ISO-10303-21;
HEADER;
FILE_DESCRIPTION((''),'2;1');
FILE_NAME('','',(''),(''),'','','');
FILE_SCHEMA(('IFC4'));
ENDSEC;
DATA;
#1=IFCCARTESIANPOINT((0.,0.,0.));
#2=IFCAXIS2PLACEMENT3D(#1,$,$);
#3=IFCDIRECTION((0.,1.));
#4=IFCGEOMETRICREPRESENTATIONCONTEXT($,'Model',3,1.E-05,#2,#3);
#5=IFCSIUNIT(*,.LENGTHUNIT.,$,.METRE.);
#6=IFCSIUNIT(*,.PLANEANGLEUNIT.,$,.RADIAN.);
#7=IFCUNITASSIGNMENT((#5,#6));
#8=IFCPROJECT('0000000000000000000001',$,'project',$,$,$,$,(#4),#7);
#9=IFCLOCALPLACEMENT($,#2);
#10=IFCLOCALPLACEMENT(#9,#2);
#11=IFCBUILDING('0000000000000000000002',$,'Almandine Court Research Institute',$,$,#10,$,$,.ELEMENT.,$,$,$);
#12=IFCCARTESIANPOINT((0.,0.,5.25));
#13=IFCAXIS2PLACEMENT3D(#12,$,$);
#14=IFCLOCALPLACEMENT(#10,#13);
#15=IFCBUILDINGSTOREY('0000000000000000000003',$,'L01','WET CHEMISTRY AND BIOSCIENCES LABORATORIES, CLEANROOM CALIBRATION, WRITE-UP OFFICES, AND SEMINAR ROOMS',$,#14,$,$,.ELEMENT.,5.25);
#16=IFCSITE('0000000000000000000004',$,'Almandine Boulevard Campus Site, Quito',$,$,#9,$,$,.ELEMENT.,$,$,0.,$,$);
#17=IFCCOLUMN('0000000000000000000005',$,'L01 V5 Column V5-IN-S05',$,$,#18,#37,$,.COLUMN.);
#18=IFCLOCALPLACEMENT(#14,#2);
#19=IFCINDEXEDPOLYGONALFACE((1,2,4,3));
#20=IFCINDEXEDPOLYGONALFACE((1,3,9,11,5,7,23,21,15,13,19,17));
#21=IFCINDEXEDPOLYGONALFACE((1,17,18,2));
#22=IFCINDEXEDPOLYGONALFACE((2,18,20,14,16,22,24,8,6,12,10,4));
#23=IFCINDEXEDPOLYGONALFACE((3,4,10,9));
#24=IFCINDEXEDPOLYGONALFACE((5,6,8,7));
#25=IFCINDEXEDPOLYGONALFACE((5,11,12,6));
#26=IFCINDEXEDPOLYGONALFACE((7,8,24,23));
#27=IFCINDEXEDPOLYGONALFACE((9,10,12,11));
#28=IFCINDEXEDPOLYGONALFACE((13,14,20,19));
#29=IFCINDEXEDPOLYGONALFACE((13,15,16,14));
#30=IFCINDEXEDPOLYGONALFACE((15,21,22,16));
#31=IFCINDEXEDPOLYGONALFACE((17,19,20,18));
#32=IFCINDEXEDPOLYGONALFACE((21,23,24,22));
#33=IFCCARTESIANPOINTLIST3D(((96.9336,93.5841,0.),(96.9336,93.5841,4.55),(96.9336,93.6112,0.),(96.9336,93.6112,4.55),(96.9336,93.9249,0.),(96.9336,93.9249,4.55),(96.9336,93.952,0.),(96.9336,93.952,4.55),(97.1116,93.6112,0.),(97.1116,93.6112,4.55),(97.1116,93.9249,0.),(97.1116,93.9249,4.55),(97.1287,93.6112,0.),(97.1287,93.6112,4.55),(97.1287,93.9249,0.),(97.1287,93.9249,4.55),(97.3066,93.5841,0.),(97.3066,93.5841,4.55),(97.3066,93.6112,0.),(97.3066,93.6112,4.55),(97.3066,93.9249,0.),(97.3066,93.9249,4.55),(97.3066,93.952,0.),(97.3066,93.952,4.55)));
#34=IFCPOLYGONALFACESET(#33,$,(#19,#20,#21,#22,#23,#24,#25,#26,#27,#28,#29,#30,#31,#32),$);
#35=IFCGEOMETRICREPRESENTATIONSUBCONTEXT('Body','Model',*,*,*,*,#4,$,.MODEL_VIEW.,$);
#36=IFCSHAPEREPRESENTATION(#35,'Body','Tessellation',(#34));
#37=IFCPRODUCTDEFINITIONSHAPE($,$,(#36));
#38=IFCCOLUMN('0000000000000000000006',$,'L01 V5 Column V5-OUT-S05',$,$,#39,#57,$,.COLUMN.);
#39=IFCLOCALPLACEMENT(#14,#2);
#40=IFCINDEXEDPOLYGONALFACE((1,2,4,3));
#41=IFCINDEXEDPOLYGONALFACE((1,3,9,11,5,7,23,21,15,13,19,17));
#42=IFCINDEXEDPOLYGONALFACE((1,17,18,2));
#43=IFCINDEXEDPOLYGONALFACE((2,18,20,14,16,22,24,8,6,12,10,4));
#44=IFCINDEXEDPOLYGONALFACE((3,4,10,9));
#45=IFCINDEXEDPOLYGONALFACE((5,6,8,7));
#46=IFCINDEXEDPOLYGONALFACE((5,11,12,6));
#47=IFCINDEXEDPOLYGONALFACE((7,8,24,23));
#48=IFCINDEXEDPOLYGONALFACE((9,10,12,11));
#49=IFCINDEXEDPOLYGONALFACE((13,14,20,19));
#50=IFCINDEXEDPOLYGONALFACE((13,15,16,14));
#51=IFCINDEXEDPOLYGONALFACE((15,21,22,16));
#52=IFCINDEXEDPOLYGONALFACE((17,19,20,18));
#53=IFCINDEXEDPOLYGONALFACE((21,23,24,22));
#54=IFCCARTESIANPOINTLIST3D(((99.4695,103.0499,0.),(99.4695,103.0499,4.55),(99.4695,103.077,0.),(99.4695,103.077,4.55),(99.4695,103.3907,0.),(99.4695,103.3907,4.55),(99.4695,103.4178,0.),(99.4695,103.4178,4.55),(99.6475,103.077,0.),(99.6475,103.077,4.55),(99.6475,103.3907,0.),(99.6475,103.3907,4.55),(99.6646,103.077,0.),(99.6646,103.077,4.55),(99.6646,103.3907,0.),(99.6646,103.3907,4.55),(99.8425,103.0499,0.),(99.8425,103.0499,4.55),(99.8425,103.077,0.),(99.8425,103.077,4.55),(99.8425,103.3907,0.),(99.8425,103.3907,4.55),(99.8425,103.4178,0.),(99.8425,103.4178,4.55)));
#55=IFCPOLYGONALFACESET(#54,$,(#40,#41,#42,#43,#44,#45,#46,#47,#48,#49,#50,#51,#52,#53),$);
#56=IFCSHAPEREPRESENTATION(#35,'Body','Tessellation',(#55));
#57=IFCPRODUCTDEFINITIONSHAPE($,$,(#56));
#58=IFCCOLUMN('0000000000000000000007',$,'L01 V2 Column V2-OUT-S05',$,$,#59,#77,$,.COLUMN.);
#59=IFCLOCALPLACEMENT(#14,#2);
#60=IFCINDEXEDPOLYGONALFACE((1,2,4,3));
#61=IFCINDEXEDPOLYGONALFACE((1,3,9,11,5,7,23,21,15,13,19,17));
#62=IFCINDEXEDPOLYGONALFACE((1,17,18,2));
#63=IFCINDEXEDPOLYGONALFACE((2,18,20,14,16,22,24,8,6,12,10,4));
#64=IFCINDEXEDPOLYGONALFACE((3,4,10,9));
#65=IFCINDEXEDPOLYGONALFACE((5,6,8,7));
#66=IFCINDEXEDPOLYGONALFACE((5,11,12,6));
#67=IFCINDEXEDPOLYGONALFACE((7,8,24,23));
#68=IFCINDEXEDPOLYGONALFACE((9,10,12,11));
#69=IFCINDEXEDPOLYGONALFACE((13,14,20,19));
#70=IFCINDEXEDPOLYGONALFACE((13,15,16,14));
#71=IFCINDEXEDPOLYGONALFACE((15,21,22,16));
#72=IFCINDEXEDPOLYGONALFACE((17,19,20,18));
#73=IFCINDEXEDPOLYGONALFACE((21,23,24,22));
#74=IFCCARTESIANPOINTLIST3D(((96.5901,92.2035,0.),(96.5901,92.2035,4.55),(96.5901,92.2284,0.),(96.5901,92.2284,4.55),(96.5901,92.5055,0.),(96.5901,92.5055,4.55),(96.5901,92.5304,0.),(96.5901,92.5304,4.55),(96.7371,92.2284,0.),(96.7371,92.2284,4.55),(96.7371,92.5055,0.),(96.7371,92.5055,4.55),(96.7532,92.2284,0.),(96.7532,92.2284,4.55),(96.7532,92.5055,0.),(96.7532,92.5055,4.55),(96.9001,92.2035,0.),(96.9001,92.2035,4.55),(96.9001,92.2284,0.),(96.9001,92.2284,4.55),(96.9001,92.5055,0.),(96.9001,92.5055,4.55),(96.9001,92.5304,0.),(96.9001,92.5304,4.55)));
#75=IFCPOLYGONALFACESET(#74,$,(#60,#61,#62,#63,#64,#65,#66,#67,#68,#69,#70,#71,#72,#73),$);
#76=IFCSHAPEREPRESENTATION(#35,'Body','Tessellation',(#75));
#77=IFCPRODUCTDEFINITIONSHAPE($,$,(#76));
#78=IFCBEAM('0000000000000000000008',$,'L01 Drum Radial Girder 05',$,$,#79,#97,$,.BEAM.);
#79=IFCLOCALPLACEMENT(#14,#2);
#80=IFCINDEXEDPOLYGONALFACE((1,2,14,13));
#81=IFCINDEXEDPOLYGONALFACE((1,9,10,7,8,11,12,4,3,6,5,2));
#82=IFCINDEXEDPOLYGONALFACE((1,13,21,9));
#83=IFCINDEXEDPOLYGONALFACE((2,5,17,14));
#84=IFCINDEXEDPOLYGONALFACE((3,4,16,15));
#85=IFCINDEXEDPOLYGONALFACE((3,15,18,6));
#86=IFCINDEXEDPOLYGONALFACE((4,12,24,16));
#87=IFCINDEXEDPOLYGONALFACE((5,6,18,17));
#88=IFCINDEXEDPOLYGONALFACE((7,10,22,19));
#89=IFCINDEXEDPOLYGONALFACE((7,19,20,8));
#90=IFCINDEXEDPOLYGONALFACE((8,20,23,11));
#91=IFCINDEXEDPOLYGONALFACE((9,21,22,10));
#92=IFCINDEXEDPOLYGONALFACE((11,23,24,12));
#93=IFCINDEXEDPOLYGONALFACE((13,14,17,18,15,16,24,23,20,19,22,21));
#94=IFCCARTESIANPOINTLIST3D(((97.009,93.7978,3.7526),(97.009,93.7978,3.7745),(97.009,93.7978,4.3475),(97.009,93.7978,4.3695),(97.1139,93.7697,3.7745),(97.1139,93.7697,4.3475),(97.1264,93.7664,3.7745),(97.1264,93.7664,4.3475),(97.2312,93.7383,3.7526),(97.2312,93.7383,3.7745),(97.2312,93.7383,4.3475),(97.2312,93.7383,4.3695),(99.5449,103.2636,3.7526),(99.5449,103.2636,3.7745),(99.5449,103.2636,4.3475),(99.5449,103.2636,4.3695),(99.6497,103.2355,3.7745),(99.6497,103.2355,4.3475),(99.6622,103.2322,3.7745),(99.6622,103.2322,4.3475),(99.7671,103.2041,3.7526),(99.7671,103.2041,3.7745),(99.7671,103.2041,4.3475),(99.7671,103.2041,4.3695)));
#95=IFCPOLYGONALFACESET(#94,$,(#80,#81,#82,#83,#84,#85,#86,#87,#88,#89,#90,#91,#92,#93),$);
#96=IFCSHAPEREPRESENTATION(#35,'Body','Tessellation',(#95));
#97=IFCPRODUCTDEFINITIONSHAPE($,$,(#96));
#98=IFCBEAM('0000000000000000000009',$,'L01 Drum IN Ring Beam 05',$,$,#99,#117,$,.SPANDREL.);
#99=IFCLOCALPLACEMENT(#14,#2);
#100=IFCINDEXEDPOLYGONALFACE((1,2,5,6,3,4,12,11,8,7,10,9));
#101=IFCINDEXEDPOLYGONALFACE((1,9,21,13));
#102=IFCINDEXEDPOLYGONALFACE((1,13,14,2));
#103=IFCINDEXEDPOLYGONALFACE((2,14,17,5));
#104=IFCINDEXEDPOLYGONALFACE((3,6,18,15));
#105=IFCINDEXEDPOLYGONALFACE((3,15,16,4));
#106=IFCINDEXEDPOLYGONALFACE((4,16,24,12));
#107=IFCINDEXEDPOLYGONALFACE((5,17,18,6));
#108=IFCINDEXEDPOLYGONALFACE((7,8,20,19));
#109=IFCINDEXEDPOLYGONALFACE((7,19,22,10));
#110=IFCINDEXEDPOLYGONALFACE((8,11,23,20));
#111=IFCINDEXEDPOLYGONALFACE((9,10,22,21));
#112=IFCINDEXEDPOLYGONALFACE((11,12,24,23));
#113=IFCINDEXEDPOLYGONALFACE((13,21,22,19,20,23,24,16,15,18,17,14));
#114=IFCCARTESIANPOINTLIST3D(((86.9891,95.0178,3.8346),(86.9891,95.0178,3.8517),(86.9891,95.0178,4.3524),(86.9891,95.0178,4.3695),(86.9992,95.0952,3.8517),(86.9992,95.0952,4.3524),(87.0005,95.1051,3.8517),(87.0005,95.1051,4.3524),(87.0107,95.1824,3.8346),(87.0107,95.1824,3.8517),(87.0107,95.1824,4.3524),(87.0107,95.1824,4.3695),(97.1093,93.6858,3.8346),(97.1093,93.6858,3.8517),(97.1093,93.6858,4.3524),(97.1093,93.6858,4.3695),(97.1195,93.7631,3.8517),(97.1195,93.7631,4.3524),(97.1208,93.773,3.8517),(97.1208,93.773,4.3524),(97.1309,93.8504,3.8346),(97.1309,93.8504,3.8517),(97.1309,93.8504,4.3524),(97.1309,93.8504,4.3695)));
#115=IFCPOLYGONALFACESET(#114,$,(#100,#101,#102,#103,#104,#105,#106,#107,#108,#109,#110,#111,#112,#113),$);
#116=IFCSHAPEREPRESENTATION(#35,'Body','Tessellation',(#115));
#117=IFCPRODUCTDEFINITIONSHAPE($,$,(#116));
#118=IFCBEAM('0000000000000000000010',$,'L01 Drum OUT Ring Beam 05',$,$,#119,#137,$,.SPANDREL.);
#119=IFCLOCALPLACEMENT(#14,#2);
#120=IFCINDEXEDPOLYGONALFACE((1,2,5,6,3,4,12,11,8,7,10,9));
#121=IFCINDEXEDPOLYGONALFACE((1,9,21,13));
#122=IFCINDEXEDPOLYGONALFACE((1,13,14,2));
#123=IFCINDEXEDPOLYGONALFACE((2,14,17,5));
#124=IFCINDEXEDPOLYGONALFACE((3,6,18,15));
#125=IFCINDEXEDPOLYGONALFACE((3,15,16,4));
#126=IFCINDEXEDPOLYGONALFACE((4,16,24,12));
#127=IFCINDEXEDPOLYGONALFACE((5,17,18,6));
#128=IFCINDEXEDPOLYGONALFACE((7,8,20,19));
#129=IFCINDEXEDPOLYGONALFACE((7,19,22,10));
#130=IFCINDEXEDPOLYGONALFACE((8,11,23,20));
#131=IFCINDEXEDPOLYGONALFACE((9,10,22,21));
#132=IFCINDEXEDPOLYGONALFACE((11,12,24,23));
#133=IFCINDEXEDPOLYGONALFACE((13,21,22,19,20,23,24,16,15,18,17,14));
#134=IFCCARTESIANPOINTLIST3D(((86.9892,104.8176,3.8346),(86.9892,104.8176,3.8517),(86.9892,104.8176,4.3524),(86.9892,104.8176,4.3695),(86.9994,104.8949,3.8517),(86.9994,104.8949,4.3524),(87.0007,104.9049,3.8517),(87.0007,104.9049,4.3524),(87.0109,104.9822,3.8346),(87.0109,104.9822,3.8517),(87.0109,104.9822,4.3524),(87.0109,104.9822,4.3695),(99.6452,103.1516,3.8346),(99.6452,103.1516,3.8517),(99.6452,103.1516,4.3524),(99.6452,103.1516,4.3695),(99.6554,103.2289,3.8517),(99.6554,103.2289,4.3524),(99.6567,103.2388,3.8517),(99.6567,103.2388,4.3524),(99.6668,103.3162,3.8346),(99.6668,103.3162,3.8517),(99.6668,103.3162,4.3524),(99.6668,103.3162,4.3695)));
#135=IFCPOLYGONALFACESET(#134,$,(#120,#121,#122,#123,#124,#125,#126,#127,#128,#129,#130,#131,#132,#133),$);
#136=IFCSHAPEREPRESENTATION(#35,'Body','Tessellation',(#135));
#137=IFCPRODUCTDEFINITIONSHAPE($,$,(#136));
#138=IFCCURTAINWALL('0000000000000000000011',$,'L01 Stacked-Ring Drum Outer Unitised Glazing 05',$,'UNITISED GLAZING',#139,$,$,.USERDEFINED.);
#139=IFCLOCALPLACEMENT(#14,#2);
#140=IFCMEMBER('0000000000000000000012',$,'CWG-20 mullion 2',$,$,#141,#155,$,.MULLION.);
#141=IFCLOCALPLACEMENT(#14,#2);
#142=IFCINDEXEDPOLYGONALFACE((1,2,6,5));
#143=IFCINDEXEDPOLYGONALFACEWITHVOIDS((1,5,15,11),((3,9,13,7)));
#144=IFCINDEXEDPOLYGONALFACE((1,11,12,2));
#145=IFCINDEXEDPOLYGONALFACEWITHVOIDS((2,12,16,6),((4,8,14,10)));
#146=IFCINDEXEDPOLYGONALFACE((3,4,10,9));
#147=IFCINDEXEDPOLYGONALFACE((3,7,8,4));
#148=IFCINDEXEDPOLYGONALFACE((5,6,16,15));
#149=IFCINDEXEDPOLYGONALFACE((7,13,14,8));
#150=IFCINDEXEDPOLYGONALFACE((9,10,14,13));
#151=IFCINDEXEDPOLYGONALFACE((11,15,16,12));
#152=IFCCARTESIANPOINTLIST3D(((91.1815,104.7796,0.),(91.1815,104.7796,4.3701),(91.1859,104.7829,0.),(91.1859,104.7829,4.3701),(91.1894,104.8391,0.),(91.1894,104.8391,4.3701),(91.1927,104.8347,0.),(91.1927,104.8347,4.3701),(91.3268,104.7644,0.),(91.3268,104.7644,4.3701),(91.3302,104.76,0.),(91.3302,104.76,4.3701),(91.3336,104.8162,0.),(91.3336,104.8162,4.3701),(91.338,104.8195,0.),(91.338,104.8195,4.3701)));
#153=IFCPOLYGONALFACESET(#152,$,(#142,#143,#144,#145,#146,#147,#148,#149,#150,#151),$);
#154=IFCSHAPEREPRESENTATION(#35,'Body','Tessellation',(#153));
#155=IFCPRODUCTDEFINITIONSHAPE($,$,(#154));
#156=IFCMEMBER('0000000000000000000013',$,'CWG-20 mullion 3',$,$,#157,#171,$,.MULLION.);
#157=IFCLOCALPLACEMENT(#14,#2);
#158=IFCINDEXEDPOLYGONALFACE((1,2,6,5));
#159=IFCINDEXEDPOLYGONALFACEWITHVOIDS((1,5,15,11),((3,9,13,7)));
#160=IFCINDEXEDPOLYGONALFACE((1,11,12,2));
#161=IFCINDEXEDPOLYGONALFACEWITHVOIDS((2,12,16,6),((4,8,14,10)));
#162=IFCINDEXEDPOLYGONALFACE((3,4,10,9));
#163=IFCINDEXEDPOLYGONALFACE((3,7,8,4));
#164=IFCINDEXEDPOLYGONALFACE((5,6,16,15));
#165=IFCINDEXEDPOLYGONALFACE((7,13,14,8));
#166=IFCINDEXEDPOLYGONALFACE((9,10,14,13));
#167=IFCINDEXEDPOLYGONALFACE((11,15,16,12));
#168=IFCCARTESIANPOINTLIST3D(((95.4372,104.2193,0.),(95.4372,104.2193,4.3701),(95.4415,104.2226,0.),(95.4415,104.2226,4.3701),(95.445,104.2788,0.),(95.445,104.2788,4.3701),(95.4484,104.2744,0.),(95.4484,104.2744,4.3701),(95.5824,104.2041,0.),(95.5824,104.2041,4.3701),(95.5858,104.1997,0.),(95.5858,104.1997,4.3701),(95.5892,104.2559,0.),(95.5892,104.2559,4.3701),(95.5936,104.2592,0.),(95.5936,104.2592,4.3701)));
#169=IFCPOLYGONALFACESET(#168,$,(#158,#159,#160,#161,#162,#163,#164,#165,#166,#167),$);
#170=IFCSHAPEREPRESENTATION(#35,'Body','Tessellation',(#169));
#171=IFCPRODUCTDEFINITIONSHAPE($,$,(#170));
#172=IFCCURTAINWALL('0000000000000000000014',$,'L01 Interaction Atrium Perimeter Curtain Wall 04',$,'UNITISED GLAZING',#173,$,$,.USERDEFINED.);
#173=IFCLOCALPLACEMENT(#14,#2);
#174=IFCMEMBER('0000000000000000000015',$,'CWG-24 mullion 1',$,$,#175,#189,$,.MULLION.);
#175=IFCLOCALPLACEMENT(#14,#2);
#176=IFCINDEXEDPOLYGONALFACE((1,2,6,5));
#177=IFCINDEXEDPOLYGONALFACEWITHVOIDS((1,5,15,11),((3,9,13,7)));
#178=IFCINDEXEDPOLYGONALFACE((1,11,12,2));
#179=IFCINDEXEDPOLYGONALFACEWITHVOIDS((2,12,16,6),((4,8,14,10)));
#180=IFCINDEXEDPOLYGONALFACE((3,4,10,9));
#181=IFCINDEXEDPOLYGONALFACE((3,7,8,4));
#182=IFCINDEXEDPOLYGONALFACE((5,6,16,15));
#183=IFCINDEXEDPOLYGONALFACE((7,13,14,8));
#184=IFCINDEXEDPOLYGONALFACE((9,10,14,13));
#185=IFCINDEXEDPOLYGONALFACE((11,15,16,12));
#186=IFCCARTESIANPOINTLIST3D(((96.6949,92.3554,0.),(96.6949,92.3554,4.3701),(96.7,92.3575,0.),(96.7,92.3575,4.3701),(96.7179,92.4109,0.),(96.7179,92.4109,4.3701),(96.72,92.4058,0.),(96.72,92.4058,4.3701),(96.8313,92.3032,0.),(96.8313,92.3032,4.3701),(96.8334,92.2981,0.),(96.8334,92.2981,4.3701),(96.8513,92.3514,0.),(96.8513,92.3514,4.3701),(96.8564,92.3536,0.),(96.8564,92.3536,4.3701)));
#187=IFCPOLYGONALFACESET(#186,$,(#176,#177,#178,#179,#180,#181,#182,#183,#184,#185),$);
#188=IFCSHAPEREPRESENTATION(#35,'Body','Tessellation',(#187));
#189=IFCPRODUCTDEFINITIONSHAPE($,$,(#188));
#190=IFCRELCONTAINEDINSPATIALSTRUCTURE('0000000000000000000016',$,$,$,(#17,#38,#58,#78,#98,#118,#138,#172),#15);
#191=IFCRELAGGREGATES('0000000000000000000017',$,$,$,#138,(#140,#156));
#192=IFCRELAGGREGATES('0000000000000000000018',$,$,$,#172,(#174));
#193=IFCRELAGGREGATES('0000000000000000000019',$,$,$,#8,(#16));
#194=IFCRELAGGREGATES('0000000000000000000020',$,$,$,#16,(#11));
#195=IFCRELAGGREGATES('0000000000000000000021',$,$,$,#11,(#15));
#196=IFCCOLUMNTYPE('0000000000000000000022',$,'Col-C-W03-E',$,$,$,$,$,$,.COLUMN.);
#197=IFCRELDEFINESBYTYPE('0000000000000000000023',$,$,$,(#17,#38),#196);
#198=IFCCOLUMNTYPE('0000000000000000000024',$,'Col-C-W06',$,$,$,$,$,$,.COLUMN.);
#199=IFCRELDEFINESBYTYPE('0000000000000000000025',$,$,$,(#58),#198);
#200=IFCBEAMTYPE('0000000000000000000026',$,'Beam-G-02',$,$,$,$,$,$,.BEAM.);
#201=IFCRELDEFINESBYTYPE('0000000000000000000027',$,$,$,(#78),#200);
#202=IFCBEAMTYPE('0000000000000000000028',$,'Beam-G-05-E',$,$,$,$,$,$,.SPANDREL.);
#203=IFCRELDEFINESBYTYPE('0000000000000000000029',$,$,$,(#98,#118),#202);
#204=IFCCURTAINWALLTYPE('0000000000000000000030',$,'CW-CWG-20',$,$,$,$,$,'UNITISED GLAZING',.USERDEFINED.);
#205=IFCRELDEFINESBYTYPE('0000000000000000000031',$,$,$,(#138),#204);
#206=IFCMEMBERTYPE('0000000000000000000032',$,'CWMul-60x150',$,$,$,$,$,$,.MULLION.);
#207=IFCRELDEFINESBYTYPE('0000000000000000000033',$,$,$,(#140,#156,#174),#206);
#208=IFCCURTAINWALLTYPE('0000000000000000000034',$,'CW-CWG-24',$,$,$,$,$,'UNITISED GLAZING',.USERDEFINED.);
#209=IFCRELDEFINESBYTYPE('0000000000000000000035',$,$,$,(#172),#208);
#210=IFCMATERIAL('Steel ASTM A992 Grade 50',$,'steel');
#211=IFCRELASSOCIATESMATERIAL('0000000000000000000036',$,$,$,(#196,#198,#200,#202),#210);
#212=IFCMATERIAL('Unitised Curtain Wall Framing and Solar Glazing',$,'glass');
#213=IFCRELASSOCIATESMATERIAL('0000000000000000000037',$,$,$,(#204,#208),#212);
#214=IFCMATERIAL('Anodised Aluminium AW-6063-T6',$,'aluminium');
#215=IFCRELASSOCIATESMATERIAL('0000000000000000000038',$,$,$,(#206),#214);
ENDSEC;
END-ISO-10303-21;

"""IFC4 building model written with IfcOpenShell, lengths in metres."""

from ifc_helpers import new_model, si_unit, direction, frame, origin, origin_2d, place, context, subcontext, project, spatial, hollow_rectangle, i_section, extrude, material, material_profile, profile_set, type_object, element, aggregate, save


model = new_model("IFC4")

# Units and contexts
model_context = context("Model", 3, precision=1e-05, world=origin(), true_north=direction((0.0, 1.0)))
body_context = subcontext(model_context, "Body", "Model", "MODEL_VIEW")
ifc_project = project(units=[si_unit("LENGTHUNIT", "METRE"), si_unit("PLANEANGLEUNIT", "RADIAN")], contexts=[model_context])

# Site, building, storey
site_placement = place(None, origin())
site = spatial("IfcSite", under=ifc_project, at=site_placement, Name="Almandine Boulevard Campus Site, Quito", CompositionType="ELEMENT", RefElevation=0.0)
building_placement = place(site_placement, origin())
building = spatial("IfcBuilding", under=site, at=building_placement, Name="Almandine Court Research Institute", CompositionType="ELEMENT")
storey_placement = place(building_placement, frame((0.0, 0.0, 5.25)))
storey = spatial("IfcBuildingStorey", under=building, at=storey_placement, Name="L01", Description="WET CHEMISTRY AND BIOSCIENCES LABORATORIES, CLEANROOM CALIBRATION, WRITE-UP OFFICES, AND SEMINAR ROOMS", CompositionType="ELEMENT", Elevation=5.25)

# Columns
ifc_material_1 = material(Name="Steel ASTM A992 Grade 50", Category="steel")
ifc_material_profile_1 = material_profile(ifc_material_1, i_section(OverallWidth=0.373, OverallDepth=0.3679, WebThickness=0.0171, FlangeThickness=0.0271, at=origin_2d()), Name="W360x179")
ifc_profile_set_1 = profile_set([ifc_material_profile_1], Name="Steel ASTM A992 Grade 50")
column_type_1 = type_object("IfcColumnType", Name="Col-C-W03-E", PredefinedType="COLUMN", material=ifc_profile_set_1)
for number, where, z_axis, x_axis, name in (
    (1, (97.1201, 93.7681, 0.0), (0.0, 0.0, 1.0), (1.0, 0.0, 0.0), "L01 V5 Column V5-IN-S05"),
    (2, (99.656, 103.2339, 0.0), (0.0, 0.0, 1.0), (1.0, 0.0, 0.0), "L01 V5 Column V5-OUT-S05"),
):
    element("IfcColumn", number, at=place(storey_placement, frame(where, z_axis=z_axis, x_axis=x_axis)), inside=storey, type_object=column_type_1, Name=name, PredefinedType="COLUMN", context=body_context, shape_type="SweptSolid", body=[
        extrude(i_section(OverallWidth=0.373, OverallDepth=0.3679, WebThickness=0.0171, FlangeThickness=0.0271, at=origin_2d()), origin(), (0.0, 0.0, 1.0), 4.55),
    ])
ifc_material_profile_2 = material_profile(ifc_material_1, i_section(OverallWidth=0.3101, OverallDepth=0.3269, WebThickness=0.0161, FlangeThickness=0.0249, at=origin_2d()), Name="W310x158")
ifc_profile_set_2 = profile_set([ifc_material_profile_2], Name="Steel ASTM A992 Grade 50")
column_type_2 = type_object("IfcColumnType", Name="Col-C-W06", PredefinedType="COLUMN", material=ifc_profile_set_2)
column_placement = place(storey_placement, frame((96.7451, 92.3669, 0.0), z_axis=(0.0, 0.0, 1.0), x_axis=(1.0, 0.0, 0.0)))
element("IfcColumn", 3, at=column_placement, inside=storey, type_object=column_type_2, Name="L01 V2 Column V2-OUT-S05", PredefinedType="COLUMN", context=body_context, shape_type="SweptSolid", body=[
    extrude(i_section(OverallWidth=0.3101, OverallDepth=0.3269, WebThickness=0.0161, FlangeThickness=0.0249, at=origin_2d()), origin(), (0.0, 0.0, 1.0), 4.55),
])

# Beams
ifc_material_profile_3 = material_profile(ifc_material_1, i_section(OverallWidth=0.23, OverallDepth=0.6169, WebThickness=0.0129, FlangeThickness=0.022, at=origin_2d()), Name="W610x140")
ifc_profile_set_3 = profile_set([ifc_material_profile_3], Name="Steel ASTM A992 Grade 50")
beam_type_1 = type_object("IfcBeamType", Name="Beam-G-02", PredefinedType="BEAM", material=ifc_profile_set_3)
beam_1_placement = place(storey_placement, frame((97.1201, 93.7681, 4.061), z_axis=(0.258774, 0.965938, 0.0), x_axis=(-0.965938, 0.258774, 0.0)))
element("IfcBeam", 4, at=beam_1_placement, inside=storey, type_object=beam_type_1, Name="L01 Drum Radial Girder 05", PredefinedType="BEAM", context=body_context, shape_type="SweptSolid", body=[
    extrude(i_section(OverallWidth=0.23, OverallDepth=0.6169, WebThickness=0.0129, FlangeThickness=0.022, at=origin_2d()), origin(), (0.0, 0.0, 1.0), 9.7996),
])
ifc_material_profile_4 = material_profile(ifc_material_1, i_section(OverallWidth=0.166, OverallDepth=0.5349, WebThickness=0.01, FlangeThickness=0.0171, at=origin_2d()), Name="W530x85")
ifc_profile_set_4 = profile_set([ifc_material_profile_4], Name="Steel ASTM A992 Grade 50")
beam_type_2 = type_object("IfcBeamType", Name="Beam-G-05-E", PredefinedType="SPANDREL", material=ifc_profile_set_4)
beam_2_placement = place(storey_placement, frame((97.1201, 93.7681, 4.1021), z_axis=(-0.991449, 0.130497, 0.0), x_axis=(-0.130497, -0.991449, 0.0)))
element("IfcBeam", 5, at=beam_2_placement, inside=storey, type_object=beam_type_2, Name="L01 Drum IN Ring Beam 05", PredefinedType="SPANDREL", context=body_context, shape_type="SweptSolid", body=[
    extrude(i_section(OverallWidth=0.166, OverallDepth=0.5349, WebThickness=0.01, FlangeThickness=0.0171, at=origin_2d()), origin(), (0.0, 0.0, 1.0), 10.2075),
])
beam_3_placement = place(storey_placement, frame((99.656, 103.2339, 4.1021), z_axis=(-0.991447, 0.130512, 0.0), x_axis=(-0.130512, -0.991447, 0.0)))
element("IfcBeam", 6, at=beam_3_placement, inside=storey, type_object=beam_type_2, Name="L01 Drum OUT Ring Beam 05", PredefinedType="SPANDREL", context=body_context, shape_type="SweptSolid", body=[
    extrude(i_section(OverallWidth=0.166, OverallDepth=0.5349, WebThickness=0.01, FlangeThickness=0.0171, at=origin_2d()), origin(), (0.0, 0.0, 1.0), 12.7651),
])

# Curtain wall, members
ifc_material_2 = material(Name="Unitised Curtain Wall Framing and Solar Glazing", Category="glass")
curtain_wall_type_1 = type_object("IfcCurtainWallType", Name="CW-CWG-20", ElementType="UNITISED GLAZING", PredefinedType="USERDEFINED", material=ifc_material_2)
curtain_wall_1_placement = place(storey_placement, origin())
curtain_wall_1 = element("IfcCurtainWall", 7, at=curtain_wall_1_placement, inside=storey, type_object=curtain_wall_type_1, Name="L01 Stacked-Ring Drum Outer Unitised Glazing 05", ObjectType="UNITISED GLAZING", PredefinedType="USERDEFINED")
ifc_material_3 = material(Name="Anodised Aluminium AW-6063-T6", Category="aluminium")
ifc_material_profile_5 = material_profile(ifc_material_3, hollow_rectangle(XDim=0.0601, YDim=0.1499, WallThickness=0.0039, at=origin_2d()), Name="ALU RHS 60x150x4")
ifc_profile_set_5 = profile_set([ifc_material_profile_5], Name="Anodised Aluminium AW-6063-T6")
member_type_1 = type_object("IfcMemberType", Name="CWMul-60x150", PredefinedType="MULLION", material=ifc_profile_set_5)
member_1_placement = place(storey_placement, frame((91.2598, 104.7996, 0.0), z_axis=(0.0, 0.0, 1.0), x_axis=(0.130541, 0.991443, 0.0)))
member_1 = element("IfcMember", 8, at=member_1_placement, type_object=member_type_1, Name="CWG-20 mullion 2", PredefinedType="MULLION", context=body_context, shape_type="SweptSolid", body=[
    extrude(hollow_rectangle(XDim=0.0601, YDim=0.1499, WallThickness=0.0039, at=origin_2d()), origin(), (0.0, 0.0, 1.0), 4.3701),
])
member_2_placement = place(storey_placement, frame((95.5154, 104.2393, 0.0), z_axis=(0.0, 0.0, 1.0), x_axis=(0.130541, 0.991443, 0.0)))
member_2 = element("IfcMember", 9, at=member_2_placement, type_object=member_type_1, Name="CWG-20 mullion 3", PredefinedType="MULLION", context=body_context, shape_type="SweptSolid", body=[
    extrude(hollow_rectangle(XDim=0.0601, YDim=0.1499, WallThickness=0.0039, at=origin_2d()), origin(), (0.0, 0.0, 1.0), 4.3701),
])

# Curtain wall, member
curtain_wall_type_2 = type_object("IfcCurtainWallType", Name="CW-CWG-24", ElementType="UNITISED GLAZING", PredefinedType="USERDEFINED", material=ifc_material_2)
curtain_wall_2_placement = place(storey_placement, origin())
curtain_wall_2 = element("IfcCurtainWall", 10, at=curtain_wall_2_placement, inside=storey, type_object=curtain_wall_type_2, Name="L01 Interaction Atrium Perimeter Curtain Wall 04", ObjectType="UNITISED GLAZING", PredefinedType="USERDEFINED")
member_3_placement = place(storey_placement, frame((96.7756, 92.3545, 0.0), z_axis=(0.0, 0.0, 1.0), x_axis=(0.382634, 0.9239, 0.0)))
member_3 = element("IfcMember", 11, at=member_3_placement, type_object=member_type_1, Name="CWG-24 mullion 1", PredefinedType="MULLION", context=body_context, shape_type="SweptSolid", body=[
    extrude(hollow_rectangle(XDim=0.0601, YDim=0.1499, WallThickness=0.0039, at=origin_2d()), origin(), (0.0, 0.0, 1.0), 4.3701),
])

aggregate(curtain_wall_1, [member_1, member_2])
aggregate(curtain_wall_2, [member_3])

save(model, "model.ifc")
